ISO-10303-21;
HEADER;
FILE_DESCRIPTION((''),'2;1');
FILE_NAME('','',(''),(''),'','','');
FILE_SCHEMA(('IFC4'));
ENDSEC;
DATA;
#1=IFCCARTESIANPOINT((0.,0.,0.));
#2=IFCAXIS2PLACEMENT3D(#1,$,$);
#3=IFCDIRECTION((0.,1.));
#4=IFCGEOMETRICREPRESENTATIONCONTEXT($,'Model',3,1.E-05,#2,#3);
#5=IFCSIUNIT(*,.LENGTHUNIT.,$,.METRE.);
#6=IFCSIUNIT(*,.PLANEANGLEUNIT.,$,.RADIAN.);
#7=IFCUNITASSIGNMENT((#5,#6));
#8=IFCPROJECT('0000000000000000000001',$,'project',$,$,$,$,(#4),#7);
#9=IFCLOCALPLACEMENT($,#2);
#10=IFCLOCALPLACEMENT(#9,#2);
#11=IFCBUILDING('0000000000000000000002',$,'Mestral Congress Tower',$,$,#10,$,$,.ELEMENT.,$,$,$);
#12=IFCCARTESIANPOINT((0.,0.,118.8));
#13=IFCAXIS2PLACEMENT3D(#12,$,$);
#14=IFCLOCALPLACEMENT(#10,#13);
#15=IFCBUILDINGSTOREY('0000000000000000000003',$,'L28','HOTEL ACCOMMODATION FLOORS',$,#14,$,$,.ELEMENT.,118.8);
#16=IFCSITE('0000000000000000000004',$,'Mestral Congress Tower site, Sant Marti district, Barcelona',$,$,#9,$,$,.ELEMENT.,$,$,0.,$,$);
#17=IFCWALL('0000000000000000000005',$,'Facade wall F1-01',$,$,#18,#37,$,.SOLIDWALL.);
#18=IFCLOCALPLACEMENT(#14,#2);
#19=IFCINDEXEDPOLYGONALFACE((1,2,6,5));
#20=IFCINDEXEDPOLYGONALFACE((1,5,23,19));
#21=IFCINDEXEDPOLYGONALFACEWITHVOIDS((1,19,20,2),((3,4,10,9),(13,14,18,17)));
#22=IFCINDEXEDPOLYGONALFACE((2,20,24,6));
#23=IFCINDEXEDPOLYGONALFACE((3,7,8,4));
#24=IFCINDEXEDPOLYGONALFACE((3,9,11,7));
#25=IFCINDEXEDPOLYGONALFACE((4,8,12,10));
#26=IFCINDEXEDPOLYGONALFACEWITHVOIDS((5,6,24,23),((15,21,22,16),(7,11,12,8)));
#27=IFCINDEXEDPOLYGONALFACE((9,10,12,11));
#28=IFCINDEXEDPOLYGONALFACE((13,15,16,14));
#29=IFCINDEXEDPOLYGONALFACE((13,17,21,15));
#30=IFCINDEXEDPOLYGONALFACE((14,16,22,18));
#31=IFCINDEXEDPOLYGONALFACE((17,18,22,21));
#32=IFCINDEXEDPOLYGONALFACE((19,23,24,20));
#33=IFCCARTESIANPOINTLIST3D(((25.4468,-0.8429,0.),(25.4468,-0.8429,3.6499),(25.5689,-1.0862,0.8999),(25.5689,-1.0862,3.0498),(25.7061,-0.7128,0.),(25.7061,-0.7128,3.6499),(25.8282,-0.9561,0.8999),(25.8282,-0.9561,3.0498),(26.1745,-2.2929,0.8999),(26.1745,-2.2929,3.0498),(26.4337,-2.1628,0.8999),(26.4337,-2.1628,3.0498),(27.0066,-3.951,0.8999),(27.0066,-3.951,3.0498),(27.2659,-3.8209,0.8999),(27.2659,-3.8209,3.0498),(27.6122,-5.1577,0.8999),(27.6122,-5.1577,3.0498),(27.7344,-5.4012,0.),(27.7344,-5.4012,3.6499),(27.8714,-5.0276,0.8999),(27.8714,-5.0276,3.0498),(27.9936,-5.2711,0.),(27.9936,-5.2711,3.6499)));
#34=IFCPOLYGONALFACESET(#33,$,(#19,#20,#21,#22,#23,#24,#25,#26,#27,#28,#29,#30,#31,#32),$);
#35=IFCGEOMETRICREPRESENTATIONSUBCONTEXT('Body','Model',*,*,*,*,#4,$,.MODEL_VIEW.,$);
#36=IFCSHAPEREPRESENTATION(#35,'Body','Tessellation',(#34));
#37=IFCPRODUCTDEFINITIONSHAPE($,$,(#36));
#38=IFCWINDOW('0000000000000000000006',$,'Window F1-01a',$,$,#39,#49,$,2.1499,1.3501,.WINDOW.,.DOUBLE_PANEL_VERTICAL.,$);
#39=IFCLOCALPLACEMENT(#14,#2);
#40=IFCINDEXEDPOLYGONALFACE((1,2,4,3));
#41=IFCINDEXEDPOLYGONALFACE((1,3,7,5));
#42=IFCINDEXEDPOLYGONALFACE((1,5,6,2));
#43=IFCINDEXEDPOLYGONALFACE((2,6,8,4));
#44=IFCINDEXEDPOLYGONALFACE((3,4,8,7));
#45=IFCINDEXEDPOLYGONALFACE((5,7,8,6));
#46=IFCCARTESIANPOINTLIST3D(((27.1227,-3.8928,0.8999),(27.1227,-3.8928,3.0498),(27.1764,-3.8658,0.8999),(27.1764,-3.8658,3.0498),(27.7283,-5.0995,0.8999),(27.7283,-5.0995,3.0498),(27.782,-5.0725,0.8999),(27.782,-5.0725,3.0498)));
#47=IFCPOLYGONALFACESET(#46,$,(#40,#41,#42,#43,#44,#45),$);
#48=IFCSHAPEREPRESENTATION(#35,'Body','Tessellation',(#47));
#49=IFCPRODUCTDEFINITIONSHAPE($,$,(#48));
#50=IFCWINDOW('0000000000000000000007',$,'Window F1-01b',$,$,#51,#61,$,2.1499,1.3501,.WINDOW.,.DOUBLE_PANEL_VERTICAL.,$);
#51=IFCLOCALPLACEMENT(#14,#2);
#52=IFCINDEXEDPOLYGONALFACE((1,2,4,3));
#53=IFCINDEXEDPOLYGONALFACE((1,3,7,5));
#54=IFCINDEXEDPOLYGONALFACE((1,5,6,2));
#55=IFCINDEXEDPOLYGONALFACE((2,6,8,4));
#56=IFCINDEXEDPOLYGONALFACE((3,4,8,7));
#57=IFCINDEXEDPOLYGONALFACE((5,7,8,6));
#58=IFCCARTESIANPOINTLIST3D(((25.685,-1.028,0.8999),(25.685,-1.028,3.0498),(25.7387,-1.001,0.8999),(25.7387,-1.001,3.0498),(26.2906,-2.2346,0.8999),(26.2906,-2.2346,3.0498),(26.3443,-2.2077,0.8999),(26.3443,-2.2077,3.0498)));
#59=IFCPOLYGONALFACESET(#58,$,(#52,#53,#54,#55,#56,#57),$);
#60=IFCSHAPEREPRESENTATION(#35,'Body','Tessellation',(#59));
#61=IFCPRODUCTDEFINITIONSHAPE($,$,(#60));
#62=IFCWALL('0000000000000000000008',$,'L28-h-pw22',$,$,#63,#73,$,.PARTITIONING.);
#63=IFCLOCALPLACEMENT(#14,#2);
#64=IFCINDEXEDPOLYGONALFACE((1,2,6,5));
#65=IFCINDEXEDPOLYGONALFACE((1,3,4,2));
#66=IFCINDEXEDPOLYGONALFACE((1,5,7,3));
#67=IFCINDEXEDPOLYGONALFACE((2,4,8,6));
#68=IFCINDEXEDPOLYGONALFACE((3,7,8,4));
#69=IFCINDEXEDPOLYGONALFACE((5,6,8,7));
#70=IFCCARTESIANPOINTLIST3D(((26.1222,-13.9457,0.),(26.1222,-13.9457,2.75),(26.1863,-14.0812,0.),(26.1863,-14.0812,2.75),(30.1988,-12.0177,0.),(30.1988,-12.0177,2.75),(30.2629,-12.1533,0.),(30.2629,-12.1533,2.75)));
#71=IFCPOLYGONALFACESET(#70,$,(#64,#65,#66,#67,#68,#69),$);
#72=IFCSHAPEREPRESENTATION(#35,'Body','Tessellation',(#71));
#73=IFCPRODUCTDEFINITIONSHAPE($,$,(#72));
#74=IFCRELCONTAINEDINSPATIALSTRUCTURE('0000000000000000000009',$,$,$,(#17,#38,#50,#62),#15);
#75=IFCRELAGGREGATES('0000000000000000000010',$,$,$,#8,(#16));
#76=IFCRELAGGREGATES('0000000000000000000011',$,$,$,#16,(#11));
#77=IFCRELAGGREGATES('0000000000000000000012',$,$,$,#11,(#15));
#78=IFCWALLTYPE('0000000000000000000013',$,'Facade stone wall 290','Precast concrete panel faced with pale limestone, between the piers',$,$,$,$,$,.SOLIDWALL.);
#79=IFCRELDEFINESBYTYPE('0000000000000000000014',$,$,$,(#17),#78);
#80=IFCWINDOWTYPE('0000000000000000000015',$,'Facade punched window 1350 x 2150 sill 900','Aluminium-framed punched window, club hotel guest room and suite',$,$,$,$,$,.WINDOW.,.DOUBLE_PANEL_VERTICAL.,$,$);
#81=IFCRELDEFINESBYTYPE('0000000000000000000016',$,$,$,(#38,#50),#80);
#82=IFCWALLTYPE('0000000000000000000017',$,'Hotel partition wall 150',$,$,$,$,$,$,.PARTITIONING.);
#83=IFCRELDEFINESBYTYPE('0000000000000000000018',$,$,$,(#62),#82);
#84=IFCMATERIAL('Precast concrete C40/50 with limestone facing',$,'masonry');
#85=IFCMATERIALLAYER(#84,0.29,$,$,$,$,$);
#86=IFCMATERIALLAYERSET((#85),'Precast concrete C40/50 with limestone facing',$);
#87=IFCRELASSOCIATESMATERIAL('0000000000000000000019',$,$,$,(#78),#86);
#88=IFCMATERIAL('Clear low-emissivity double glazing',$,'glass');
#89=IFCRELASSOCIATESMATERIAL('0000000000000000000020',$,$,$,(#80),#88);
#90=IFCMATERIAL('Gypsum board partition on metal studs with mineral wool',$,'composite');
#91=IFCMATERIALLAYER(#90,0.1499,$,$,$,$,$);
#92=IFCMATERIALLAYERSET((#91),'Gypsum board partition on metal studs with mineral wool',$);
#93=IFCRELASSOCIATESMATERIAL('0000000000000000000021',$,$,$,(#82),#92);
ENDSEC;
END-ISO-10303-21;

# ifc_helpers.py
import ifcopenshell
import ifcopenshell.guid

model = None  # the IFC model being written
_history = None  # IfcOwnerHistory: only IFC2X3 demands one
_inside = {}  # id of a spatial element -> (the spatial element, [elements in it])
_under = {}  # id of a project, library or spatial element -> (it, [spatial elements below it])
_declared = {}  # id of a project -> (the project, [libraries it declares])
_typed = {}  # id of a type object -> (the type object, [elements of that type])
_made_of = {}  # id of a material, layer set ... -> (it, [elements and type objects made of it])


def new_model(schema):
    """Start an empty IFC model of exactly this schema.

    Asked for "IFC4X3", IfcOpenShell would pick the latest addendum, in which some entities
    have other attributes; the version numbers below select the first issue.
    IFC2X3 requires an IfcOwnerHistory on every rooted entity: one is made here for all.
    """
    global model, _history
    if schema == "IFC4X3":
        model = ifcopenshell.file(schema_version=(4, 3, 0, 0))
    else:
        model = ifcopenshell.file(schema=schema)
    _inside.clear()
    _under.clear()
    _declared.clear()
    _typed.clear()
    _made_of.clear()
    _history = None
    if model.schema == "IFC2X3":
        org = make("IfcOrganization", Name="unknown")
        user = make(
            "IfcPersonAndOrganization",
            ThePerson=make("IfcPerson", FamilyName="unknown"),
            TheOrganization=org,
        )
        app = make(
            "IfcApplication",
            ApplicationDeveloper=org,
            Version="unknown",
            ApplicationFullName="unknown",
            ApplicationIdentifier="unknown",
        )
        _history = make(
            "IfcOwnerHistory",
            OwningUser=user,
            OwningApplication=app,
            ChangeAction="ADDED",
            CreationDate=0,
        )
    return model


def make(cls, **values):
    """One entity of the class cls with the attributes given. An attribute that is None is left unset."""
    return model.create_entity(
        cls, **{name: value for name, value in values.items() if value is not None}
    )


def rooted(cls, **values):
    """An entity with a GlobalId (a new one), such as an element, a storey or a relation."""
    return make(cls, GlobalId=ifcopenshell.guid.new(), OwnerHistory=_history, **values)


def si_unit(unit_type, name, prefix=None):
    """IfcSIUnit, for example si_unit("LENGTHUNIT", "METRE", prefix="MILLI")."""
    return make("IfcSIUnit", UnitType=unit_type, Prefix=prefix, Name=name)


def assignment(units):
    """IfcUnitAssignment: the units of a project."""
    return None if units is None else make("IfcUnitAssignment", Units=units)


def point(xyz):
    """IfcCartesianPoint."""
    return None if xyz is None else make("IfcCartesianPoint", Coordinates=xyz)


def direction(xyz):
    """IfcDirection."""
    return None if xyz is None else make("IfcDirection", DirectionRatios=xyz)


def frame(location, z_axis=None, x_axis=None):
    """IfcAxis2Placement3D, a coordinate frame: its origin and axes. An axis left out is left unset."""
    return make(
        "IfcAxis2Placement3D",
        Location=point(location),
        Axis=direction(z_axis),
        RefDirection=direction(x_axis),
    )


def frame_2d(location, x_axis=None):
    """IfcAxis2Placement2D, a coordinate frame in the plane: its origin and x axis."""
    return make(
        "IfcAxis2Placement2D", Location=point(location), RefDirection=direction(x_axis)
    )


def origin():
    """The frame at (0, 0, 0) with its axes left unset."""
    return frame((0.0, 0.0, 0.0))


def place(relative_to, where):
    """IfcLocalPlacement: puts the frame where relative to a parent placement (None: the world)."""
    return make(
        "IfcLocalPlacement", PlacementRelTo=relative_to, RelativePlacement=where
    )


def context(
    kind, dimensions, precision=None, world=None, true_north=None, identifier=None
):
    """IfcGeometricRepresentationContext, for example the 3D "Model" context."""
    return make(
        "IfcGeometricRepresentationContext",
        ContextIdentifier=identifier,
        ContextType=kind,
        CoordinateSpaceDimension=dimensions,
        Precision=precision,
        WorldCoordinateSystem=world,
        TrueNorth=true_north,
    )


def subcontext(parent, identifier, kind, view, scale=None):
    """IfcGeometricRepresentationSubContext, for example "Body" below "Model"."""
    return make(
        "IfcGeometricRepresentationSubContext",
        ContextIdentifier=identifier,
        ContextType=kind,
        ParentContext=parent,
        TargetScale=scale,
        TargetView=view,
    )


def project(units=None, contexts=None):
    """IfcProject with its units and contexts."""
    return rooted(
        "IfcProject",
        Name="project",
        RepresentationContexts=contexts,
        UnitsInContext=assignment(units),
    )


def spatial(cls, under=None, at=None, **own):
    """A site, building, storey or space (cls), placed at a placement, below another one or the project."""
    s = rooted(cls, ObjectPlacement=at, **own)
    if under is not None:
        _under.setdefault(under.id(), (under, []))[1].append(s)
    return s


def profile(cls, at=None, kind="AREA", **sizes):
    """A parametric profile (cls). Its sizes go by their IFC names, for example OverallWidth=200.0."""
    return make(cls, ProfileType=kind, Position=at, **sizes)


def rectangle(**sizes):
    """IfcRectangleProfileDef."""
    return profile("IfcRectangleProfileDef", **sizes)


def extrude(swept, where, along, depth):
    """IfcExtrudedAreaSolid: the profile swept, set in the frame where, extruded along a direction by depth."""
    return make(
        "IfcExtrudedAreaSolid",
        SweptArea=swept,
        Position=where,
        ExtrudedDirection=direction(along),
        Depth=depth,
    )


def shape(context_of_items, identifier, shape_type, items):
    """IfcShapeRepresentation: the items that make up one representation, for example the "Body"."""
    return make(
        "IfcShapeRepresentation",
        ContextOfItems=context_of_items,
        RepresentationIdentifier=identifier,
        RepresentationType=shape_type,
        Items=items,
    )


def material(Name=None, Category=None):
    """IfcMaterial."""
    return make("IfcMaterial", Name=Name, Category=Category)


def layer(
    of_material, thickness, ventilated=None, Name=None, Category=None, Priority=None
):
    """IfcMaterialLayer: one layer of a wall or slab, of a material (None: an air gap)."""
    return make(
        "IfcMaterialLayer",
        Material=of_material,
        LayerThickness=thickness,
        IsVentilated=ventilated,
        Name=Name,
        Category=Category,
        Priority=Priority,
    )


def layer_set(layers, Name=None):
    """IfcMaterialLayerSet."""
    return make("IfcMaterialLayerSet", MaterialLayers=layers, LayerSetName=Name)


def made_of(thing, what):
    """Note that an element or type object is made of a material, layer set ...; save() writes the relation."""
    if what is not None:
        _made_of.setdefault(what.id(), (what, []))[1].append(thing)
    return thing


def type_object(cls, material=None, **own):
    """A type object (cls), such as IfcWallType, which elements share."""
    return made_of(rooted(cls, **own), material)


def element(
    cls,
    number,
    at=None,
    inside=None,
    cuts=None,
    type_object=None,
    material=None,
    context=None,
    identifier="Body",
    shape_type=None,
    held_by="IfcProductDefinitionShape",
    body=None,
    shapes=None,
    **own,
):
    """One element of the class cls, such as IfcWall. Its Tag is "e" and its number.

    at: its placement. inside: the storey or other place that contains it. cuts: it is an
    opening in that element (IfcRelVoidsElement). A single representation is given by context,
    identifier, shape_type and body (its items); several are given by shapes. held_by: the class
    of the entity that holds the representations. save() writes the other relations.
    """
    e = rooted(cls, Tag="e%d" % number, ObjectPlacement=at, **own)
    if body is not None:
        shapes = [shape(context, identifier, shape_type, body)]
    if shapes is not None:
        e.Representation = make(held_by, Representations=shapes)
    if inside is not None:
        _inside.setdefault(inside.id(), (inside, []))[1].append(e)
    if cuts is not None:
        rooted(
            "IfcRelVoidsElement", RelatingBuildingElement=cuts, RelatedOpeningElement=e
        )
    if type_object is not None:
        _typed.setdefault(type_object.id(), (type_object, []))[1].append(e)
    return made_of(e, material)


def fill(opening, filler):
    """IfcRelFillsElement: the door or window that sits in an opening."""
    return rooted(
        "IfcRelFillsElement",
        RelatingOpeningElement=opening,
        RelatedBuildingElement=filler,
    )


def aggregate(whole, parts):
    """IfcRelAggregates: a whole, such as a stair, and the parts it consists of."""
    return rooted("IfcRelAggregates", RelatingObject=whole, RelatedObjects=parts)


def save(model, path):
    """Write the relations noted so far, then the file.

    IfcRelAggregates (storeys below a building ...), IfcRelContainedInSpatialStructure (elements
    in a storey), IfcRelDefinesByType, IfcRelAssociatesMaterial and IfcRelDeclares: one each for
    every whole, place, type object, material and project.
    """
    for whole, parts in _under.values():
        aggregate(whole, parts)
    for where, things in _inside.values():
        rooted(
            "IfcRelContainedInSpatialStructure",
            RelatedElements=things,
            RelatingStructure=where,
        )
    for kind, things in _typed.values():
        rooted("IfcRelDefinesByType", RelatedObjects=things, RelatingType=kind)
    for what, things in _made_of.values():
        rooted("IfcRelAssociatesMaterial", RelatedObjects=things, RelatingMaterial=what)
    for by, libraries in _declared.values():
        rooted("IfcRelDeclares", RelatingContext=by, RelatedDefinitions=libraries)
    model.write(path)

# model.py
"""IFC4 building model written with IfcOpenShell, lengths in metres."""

from ifc_helpers import new_model, si_unit, direction, frame, frame_2d, origin, place, context, subcontext, project, spatial, rectangle, extrude, material, layer, layer_set, type_object, element, fill, save


model = new_model("IFC4")

# Units and contexts
model_context = context("Model", 3, precision=1e-05, world=origin(), true_north=direction((0.0, 1.0)))
body_context = subcontext(model_context, "Body", "Model", "MODEL_VIEW")
ifc_project = project(units=[si_unit("LENGTHUNIT", "METRE"), si_unit("PLANEANGLEUNIT", "RADIAN")], contexts=[model_context])

# Site, building, storey
site_placement = place(None, origin())
site = spatial("IfcSite", under=ifc_project, at=site_placement, Name="Mestral Congress Tower site, Sant Marti district, Barcelona", CompositionType="ELEMENT", RefElevation=0.0)
building_placement = place(site_placement, origin())
building = spatial("IfcBuilding", under=site, at=building_placement, Name="Mestral Congress Tower", CompositionType="ELEMENT")
storey_placement = place(building_placement, frame((0.0, 0.0, 118.8)))
storey = spatial("IfcBuildingStorey", under=building, at=storey_placement, Name="L28", Description="HOTEL ACCOMMODATION FLOORS", CompositionType="ELEMENT", Elevation=118.8)

# Shared definitions
ifc_material_1 = material(Name="Precast concrete C40/50 with limestone facing", Category="masonry")
ifc_layer_1 = layer(ifc_material_1, 0.29)
ifc_layer_set_1 = layer_set([ifc_layer_1], Name="Precast concrete C40/50 with limestone facing")
wall_type_1 = type_object("IfcWallType", Name="Facade stone wall 290", Description="Precast concrete panel faced with pale limestone, between the piers", PredefinedType="SOLIDWALL", material=ifc_layer_set_1)
ifc_material_2 = material(Name="Clear low-emissivity double glazing", Category="glass")

# Wall, openings, windows
window_type_1 = type_object("IfcWindowType", Name="Facade punched window 1350 x 2150 sill 900", Description="Aluminium-framed punched window, club hotel guest room and suite", PartitioningType="DOUBLE_PANEL_VERTICAL", PredefinedType="WINDOW", material=ifc_material_2)
wall_1_placement = place(storey_placement, frame((27.864, -5.3362, 0.0), z_axis=(0.0, 0.0, 1.0), x_axis=(-0.448534, 0.893766, 0.0)))
wall_1 = element("IfcWall", 1, at=wall_1_placement, inside=storey, type_object=wall_type_1, Name="Facade wall F1-01", PredefinedType="SOLIDWALL", context=body_context, shape_type="SweptSolid", body=[
    extrude(rectangle(XDim=5.1001, YDim=0.29, at=frame_2d((2.55, 0.0))), origin(), (0.0, 0.0, 1.0), 3.6499),
])
opening_1_placement = place(wall_1_placement, frame((0.2725, 0.0, 0.8999)))
opening_1 = element("IfcOpeningElement", 2, at=opening_1_placement, cuts=wall_1, PredefinedType="OPENING", context=body_context, shape_type="SweptSolid", body=[
    extrude(rectangle(XDim=1.3501, YDim=2.1499, at=frame_2d((0.675, 1.075))), frame((0.0, 0.155, 0.0), z_axis=(0.0, -1.0, 0.0), x_axis=(1.0, 0.0, 0.0)), (0.0, 0.0, 1.0), 0.3101),
])
opening_2_placement = place(wall_1_placement, frame((3.4778, 0.0, 0.8999)))
opening_2 = element("IfcOpeningElement", 3, at=opening_2_placement, cuts=wall_1, PredefinedType="OPENING", context=body_context, shape_type="SweptSolid", body=[
    extrude(rectangle(XDim=1.3501, YDim=2.1499, at=frame_2d((0.675, 1.075))), frame((0.0, 0.155, 0.0), z_axis=(0.0, -1.0, 0.0), x_axis=(1.0, 0.0, 0.0)), (0.0, 0.0, 1.0), 0.3101),
])
window_1_placement = place(opening_1_placement, origin())
window_1 = element("IfcWindow", 4, at=window_1_placement, inside=storey, type_object=window_type_1, Name="Window F1-01a", OverallHeight=2.1499, OverallWidth=1.3501, PartitioningType="DOUBLE_PANEL_VERTICAL", PredefinedType="WINDOW", context=body_context, shape_type="SweptSolid", body=[
    extrude(rectangle(XDim=1.3501, YDim=2.1499, at=frame_2d((0.675, 1.075))), frame((0.0, 0.0151, 0.0), z_axis=(0.0, -1.0, 0.0), x_axis=(1.0, 0.0, 0.0)), (0.0, 0.0, 1.0), 0.0601),
])
fill(opening_1, window_1)
window_2_placement = place(opening_2_placement, origin())
window_2 = element("IfcWindow", 5, at=window_2_placement, inside=storey, type_object=window_type_1, Name="Window F1-01b", OverallHeight=2.1499, OverallWidth=1.3501, PartitioningType="DOUBLE_PANEL_VERTICAL", PredefinedType="WINDOW", context=body_context, shape_type="SweptSolid", body=[
    extrude(rectangle(XDim=1.3501, YDim=2.1499, at=frame_2d((0.675, 1.075))), frame((0.0, 0.0151, 0.0), z_axis=(0.0, -1.0, 0.0), x_axis=(1.0, 0.0, 0.0)), (0.0, 0.0, 1.0), 0.0601),
])
fill(opening_2, window_2)

# Wall
ifc_material_3 = material(Name="Gypsum board partition on metal studs with mineral wool", Category="composite")
ifc_layer_2 = layer(ifc_material_3, 0.1499)
ifc_layer_set_2 = layer_set([ifc_layer_2], Name="Gypsum board partition on metal studs with mineral wool")
wall_type_2 = type_object("IfcWallType", Name="Hotel partition wall 150", PredefinedType="PARTITIONING", material=ifc_layer_set_2)
wall_2_placement = place(storey_placement, frame((30.231, -12.0854, 0.0), z_axis=(0.0, 0.0, 1.0), x_axis=(-0.904001, -0.42753, 0.0)))
element("IfcWall", 6, at=wall_2_placement, inside=storey, type_object=wall_type_2, Name="L28-h-pw22", PredefinedType="PARTITIONING", context=body_context, shape_type="SweptSolid", body=[
    extrude(rectangle(XDim=4.5095, YDim=0.1499, at=frame_2d((2.2549, 0.0))), origin(), (0.0, 0.0, 1.0), 2.75),
])

save(model, "model.ifc")
